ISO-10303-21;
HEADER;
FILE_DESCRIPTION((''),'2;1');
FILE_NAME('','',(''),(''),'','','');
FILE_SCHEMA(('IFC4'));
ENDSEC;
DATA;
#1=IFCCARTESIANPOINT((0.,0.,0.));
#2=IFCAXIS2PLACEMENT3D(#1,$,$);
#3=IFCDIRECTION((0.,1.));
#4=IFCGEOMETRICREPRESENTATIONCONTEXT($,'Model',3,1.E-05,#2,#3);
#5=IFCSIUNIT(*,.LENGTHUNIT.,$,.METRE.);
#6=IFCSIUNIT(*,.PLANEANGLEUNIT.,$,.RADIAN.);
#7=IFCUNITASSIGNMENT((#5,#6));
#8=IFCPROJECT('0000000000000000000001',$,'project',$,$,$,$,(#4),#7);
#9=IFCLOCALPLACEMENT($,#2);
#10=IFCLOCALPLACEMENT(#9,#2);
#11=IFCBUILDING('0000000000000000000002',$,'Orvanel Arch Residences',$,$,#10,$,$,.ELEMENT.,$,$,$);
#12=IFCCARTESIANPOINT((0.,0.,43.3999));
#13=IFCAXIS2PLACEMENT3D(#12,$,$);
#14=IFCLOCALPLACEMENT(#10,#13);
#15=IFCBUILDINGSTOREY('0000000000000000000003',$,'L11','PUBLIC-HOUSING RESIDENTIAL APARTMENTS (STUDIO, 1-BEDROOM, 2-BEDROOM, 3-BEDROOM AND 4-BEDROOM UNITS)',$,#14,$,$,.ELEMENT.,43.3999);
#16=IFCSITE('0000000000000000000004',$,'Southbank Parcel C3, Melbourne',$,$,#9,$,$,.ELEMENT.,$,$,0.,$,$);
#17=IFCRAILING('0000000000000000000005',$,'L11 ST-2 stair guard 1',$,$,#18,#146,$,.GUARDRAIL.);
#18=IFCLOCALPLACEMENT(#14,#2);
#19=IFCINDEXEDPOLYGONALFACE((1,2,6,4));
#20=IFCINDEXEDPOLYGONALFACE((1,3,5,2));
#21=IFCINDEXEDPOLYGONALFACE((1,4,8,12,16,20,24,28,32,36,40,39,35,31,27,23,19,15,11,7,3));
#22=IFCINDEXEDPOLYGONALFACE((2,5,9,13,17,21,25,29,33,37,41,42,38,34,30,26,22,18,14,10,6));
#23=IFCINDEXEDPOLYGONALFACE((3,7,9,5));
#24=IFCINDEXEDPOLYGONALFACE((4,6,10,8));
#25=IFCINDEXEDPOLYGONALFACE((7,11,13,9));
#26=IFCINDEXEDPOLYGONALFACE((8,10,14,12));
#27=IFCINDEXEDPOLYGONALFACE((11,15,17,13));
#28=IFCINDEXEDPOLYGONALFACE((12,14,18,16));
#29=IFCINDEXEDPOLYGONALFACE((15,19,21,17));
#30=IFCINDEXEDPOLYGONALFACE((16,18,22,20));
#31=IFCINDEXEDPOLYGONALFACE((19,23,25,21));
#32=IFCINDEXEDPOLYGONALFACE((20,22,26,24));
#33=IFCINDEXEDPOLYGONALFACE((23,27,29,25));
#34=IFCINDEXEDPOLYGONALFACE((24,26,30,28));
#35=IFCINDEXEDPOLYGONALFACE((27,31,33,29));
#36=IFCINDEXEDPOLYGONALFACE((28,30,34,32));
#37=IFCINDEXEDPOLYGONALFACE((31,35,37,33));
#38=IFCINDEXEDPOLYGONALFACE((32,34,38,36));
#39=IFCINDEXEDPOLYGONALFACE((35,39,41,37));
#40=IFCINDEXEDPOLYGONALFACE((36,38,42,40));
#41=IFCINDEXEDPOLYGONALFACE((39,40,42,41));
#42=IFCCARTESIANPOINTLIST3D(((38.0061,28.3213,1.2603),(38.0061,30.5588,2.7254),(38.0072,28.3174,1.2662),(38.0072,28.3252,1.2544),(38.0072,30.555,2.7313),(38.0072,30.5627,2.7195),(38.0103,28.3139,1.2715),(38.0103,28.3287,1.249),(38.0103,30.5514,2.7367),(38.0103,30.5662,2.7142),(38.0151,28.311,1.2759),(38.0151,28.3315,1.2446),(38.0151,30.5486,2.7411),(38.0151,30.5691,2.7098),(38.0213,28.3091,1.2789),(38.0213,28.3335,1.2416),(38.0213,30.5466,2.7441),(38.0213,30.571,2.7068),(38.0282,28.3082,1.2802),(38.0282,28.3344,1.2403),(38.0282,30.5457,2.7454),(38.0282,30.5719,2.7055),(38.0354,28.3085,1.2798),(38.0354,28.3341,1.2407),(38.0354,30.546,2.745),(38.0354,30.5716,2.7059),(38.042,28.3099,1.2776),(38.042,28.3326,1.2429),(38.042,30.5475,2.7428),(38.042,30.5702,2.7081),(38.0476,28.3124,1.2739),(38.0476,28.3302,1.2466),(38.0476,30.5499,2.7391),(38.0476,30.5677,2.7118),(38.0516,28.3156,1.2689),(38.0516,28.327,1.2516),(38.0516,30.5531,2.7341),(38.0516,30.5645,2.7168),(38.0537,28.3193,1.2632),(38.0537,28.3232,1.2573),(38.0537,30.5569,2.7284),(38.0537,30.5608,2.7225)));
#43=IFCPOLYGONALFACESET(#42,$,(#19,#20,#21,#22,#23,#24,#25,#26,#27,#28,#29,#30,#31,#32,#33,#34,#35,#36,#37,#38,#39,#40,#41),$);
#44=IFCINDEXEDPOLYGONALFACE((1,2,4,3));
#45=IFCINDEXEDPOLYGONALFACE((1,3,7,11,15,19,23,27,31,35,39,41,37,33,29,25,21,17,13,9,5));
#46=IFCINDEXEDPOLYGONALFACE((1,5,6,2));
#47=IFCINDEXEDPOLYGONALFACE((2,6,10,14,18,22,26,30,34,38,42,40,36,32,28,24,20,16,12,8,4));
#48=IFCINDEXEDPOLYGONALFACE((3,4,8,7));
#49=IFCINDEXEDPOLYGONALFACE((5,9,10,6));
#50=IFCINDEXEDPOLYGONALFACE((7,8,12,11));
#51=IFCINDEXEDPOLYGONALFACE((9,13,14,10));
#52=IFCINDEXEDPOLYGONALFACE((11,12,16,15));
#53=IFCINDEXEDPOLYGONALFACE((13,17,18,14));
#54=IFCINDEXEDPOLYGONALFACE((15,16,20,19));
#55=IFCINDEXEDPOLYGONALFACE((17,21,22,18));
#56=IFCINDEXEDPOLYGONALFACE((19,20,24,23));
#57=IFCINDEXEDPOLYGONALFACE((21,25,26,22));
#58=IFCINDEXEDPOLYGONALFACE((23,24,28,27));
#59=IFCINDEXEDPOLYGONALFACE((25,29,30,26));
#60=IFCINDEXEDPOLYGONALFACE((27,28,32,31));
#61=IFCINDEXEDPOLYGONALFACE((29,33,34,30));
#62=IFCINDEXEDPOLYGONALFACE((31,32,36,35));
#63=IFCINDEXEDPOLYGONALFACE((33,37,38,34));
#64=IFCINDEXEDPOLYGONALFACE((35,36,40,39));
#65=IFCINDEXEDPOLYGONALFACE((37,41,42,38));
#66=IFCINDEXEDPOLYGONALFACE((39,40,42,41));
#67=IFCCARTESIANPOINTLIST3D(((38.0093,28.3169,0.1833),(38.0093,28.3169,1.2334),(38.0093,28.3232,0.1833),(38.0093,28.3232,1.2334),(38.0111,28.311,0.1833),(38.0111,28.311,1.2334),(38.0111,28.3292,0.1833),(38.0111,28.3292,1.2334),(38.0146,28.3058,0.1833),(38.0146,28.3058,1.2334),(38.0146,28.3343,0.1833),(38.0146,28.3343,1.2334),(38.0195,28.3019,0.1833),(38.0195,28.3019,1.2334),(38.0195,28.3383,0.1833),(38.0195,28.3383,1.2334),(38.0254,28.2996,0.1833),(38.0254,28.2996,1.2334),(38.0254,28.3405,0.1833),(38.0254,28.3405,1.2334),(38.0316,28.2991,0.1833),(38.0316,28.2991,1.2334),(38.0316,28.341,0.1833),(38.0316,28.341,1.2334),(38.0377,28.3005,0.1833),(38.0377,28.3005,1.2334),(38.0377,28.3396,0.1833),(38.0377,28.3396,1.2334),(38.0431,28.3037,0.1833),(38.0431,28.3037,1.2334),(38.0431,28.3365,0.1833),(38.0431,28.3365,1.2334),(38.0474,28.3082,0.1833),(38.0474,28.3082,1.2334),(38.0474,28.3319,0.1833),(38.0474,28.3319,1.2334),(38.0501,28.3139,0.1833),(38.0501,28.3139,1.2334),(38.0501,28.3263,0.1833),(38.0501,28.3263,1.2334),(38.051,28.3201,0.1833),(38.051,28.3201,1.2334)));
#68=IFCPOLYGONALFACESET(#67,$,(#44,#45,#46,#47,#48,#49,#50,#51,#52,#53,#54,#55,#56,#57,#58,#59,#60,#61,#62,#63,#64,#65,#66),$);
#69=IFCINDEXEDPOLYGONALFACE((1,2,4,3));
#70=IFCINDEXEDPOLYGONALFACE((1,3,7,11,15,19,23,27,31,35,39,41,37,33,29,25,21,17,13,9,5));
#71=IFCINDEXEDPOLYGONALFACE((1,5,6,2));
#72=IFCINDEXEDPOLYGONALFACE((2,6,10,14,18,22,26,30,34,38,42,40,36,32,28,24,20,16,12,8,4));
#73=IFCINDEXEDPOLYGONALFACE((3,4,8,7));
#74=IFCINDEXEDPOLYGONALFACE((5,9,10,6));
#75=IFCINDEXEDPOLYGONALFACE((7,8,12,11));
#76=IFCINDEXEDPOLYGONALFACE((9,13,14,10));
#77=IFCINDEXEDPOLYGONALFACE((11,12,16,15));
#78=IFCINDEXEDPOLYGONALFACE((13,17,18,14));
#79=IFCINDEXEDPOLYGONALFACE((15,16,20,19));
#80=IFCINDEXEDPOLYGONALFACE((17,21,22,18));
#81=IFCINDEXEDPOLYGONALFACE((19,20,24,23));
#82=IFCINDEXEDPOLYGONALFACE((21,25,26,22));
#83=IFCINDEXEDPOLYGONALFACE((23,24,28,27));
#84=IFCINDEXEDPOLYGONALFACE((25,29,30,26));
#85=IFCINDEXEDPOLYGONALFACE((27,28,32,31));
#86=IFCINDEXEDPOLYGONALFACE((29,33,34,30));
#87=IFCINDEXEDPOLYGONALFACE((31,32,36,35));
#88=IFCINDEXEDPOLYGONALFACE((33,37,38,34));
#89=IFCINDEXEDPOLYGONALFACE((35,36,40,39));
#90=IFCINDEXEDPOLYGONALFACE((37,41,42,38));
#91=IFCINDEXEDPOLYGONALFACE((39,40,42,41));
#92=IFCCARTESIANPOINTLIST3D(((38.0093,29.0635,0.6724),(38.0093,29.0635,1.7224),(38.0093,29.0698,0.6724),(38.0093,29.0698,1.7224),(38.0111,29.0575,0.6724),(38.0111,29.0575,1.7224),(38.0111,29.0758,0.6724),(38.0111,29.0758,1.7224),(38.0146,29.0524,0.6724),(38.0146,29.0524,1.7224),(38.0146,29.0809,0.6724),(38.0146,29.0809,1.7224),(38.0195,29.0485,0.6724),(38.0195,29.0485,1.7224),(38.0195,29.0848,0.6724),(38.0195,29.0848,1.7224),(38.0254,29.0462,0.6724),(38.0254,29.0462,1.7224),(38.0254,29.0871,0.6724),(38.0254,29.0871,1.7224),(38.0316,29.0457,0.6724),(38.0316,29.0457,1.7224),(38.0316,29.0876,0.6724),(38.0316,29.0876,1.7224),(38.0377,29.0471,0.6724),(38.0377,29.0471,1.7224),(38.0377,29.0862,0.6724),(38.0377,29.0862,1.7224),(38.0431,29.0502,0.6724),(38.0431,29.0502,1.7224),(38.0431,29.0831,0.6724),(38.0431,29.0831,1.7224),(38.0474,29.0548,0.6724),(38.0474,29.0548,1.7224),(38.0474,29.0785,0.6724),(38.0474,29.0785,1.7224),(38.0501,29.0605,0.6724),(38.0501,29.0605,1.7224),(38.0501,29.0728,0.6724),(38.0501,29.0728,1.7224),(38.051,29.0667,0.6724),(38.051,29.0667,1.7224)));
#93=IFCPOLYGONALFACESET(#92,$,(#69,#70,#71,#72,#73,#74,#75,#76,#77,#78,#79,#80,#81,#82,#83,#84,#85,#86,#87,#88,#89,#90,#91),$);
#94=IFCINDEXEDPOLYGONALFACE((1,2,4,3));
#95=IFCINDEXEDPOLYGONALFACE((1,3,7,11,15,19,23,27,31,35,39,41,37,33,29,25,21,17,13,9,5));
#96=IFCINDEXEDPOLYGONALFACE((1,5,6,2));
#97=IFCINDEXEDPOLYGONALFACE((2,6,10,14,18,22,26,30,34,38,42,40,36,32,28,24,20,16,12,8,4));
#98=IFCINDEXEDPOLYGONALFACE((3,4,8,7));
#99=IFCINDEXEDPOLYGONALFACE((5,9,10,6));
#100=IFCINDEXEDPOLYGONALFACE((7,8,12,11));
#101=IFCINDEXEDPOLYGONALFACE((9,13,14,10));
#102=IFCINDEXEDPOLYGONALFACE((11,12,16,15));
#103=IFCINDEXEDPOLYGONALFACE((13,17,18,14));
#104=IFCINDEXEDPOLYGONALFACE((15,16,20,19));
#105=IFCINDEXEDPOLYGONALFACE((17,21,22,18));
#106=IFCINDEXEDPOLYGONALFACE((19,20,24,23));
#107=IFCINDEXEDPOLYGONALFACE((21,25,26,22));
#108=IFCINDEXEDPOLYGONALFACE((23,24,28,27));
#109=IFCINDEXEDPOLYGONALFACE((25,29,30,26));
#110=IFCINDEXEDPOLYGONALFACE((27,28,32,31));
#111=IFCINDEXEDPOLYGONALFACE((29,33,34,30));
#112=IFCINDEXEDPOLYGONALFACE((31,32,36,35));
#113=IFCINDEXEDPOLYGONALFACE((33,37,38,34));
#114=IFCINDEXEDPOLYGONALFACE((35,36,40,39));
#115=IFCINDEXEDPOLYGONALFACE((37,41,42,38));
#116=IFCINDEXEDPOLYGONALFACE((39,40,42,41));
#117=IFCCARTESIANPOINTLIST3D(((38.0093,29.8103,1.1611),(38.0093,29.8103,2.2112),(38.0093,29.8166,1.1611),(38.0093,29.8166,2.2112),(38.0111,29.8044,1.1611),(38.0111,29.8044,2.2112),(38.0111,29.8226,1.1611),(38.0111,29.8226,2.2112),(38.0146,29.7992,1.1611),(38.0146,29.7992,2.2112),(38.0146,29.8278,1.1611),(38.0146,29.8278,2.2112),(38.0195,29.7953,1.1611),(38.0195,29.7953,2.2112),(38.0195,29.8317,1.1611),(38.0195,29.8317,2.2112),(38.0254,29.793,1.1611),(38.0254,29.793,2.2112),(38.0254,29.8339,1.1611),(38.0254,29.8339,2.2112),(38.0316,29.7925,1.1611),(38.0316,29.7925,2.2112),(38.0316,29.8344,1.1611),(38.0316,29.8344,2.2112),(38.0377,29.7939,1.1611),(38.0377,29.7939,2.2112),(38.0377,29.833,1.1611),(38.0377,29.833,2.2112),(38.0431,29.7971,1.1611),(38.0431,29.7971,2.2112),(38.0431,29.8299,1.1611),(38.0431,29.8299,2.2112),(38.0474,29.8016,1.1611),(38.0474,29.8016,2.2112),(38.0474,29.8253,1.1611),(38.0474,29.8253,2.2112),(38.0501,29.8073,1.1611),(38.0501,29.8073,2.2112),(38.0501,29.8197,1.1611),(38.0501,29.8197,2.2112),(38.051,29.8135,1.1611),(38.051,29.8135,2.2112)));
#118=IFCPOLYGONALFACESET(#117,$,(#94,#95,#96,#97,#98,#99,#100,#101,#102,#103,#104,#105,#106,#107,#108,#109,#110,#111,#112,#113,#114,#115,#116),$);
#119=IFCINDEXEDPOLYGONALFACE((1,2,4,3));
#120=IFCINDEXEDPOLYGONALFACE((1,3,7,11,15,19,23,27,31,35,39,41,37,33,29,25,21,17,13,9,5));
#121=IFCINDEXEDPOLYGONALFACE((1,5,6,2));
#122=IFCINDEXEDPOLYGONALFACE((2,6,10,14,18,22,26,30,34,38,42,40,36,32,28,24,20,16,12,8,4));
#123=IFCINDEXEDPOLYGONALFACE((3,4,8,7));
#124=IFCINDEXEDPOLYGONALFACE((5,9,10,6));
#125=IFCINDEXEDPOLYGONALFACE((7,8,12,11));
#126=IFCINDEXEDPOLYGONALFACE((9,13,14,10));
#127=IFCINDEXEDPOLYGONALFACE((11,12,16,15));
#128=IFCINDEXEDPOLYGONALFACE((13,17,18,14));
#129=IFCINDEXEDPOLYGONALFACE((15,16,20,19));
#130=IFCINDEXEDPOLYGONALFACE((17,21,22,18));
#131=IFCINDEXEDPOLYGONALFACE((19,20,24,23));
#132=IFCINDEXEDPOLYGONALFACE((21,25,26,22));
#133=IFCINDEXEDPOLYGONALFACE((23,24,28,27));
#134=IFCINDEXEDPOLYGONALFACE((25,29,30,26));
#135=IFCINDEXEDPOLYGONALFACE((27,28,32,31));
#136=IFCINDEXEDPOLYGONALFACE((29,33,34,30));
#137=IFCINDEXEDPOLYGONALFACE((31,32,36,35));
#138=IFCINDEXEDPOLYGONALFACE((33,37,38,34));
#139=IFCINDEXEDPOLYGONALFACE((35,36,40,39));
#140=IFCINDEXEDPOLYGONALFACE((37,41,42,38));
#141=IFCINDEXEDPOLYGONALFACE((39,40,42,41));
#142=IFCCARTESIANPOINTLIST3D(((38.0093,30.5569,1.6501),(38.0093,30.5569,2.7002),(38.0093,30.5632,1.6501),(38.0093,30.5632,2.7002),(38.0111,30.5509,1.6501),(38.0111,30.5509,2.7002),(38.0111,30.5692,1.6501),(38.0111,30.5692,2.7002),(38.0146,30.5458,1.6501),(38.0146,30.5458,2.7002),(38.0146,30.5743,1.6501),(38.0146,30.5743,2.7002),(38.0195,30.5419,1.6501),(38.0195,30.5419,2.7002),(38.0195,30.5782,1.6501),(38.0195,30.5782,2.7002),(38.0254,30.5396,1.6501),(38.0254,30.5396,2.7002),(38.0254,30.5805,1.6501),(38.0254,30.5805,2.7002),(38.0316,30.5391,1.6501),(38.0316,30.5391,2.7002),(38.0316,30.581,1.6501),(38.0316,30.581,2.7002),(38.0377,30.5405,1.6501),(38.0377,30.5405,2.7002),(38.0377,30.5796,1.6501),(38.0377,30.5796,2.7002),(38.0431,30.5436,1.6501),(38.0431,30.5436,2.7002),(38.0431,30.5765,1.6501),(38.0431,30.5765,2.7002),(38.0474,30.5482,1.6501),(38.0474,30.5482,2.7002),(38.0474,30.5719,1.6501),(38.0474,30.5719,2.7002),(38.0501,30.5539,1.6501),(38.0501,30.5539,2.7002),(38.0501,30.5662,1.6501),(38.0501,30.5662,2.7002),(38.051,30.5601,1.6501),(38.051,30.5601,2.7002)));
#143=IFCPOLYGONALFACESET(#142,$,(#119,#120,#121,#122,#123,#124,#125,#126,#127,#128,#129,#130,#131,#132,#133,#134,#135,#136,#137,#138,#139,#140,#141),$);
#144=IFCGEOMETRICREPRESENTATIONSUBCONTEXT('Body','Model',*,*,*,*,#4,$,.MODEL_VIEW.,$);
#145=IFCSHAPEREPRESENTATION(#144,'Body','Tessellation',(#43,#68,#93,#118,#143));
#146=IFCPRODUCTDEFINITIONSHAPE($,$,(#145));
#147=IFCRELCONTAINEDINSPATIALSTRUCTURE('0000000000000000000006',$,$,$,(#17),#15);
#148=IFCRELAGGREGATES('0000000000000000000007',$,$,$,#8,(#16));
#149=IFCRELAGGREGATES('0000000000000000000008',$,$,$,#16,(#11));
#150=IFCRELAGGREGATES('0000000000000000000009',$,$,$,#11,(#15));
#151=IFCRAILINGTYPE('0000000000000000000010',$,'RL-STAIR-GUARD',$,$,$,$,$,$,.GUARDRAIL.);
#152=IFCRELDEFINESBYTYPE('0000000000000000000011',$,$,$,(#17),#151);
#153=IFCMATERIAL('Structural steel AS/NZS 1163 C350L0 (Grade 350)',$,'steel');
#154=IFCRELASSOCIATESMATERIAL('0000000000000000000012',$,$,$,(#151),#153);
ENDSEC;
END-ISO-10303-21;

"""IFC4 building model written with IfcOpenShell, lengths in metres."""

from ifc_helpers import new_model, si_unit, direction, frame, origin, origin_2d, place, context, subcontext, project, spatial, circle, extrude, material, type_object, element, save


model = new_model("IFC4")

# Units and contexts
model_context = context("Model", 3, precision=1e-05, world=origin(), true_north=direction((0.0, 1.0)))
body_context = subcontext(model_context, "Body", "Model", "MODEL_VIEW")
ifc_project = project(units=[si_unit("LENGTHUNIT", "METRE"), si_unit("PLANEANGLEUNIT", "RADIAN")], contexts=[model_context])

# Site, building, storey
site_placement = place(None, origin())
site = spatial("IfcSite", under=ifc_project, at=site_placement, Name="Southbank Parcel C3, Melbourne", CompositionType="ELEMENT", RefElevation=0.0)
building_placement = place(site_placement, origin())
building = spatial("IfcBuilding", under=site, at=building_placement, Name="Orvanel Arch Residences", CompositionType="ELEMENT")
storey_placement = place(building_placement, frame((0.0, 0.0, 43.3999)))
storey = spatial("IfcBuildingStorey", under=building, at=storey_placement, Name="L11", Description="PUBLIC-HOUSING RESIDENTIAL APARTMENTS (STUDIO, 1-BEDROOM, 2-BEDROOM, 3-BEDROOM AND 4-BEDROOM UNITS)", CompositionType="ELEMENT", Elevation=43.3999)

# Railing
ifc_material_1 = material(Name="Structural steel AS/NZS 1163 C350L0 (Grade 350)", Category="steel")
railing_type_1 = type_object("IfcRailingType", Name="RL-STAIR-GUARD", PredefinedType="GUARDRAIL", material=ifc_material_1)
railing_1_placement = place(storey_placement, frame((38.03, 28.3201, 0.1833)))
element("IfcRailing", 1, at=railing_1_placement, inside=storey, type_object=railing_type_1, Name="L11 ST-2 stair guard 1", PredefinedType="GUARDRAIL", context=body_context, shape_type="SweptSolid", body=[
    extrude(circle(Radius=0.0239, at=origin_2d()), frame((0.0, 0.0012, 1.0769), z_axis=(0.0, 0.836595, 0.547822), x_axis=(-1.0, 0.0, 0.0)), (0.0, 0.0, 1.0), 2.6746),
    extrude(circle(Radius=0.021, at=origin_2d()), origin(), (0.0, 0.0, 1.0), 1.05),
    extrude(circle(Radius=0.021, at=origin_2d()), frame((0.0, 0.7466, 0.489)), (0.0, 0.0, 1.0), 1.05),
    extrude(circle(Radius=0.021, at=origin_2d()), frame((0.0, 1.4934, 0.9778)), (0.0, 0.0, 1.0), 1.05),
    extrude(circle(Radius=0.021, at=origin_2d()), frame((0.0, 2.24, 1.4668)), (0.0, 0.0, 1.0), 1.05),
])

save(model, "model.ifc")
